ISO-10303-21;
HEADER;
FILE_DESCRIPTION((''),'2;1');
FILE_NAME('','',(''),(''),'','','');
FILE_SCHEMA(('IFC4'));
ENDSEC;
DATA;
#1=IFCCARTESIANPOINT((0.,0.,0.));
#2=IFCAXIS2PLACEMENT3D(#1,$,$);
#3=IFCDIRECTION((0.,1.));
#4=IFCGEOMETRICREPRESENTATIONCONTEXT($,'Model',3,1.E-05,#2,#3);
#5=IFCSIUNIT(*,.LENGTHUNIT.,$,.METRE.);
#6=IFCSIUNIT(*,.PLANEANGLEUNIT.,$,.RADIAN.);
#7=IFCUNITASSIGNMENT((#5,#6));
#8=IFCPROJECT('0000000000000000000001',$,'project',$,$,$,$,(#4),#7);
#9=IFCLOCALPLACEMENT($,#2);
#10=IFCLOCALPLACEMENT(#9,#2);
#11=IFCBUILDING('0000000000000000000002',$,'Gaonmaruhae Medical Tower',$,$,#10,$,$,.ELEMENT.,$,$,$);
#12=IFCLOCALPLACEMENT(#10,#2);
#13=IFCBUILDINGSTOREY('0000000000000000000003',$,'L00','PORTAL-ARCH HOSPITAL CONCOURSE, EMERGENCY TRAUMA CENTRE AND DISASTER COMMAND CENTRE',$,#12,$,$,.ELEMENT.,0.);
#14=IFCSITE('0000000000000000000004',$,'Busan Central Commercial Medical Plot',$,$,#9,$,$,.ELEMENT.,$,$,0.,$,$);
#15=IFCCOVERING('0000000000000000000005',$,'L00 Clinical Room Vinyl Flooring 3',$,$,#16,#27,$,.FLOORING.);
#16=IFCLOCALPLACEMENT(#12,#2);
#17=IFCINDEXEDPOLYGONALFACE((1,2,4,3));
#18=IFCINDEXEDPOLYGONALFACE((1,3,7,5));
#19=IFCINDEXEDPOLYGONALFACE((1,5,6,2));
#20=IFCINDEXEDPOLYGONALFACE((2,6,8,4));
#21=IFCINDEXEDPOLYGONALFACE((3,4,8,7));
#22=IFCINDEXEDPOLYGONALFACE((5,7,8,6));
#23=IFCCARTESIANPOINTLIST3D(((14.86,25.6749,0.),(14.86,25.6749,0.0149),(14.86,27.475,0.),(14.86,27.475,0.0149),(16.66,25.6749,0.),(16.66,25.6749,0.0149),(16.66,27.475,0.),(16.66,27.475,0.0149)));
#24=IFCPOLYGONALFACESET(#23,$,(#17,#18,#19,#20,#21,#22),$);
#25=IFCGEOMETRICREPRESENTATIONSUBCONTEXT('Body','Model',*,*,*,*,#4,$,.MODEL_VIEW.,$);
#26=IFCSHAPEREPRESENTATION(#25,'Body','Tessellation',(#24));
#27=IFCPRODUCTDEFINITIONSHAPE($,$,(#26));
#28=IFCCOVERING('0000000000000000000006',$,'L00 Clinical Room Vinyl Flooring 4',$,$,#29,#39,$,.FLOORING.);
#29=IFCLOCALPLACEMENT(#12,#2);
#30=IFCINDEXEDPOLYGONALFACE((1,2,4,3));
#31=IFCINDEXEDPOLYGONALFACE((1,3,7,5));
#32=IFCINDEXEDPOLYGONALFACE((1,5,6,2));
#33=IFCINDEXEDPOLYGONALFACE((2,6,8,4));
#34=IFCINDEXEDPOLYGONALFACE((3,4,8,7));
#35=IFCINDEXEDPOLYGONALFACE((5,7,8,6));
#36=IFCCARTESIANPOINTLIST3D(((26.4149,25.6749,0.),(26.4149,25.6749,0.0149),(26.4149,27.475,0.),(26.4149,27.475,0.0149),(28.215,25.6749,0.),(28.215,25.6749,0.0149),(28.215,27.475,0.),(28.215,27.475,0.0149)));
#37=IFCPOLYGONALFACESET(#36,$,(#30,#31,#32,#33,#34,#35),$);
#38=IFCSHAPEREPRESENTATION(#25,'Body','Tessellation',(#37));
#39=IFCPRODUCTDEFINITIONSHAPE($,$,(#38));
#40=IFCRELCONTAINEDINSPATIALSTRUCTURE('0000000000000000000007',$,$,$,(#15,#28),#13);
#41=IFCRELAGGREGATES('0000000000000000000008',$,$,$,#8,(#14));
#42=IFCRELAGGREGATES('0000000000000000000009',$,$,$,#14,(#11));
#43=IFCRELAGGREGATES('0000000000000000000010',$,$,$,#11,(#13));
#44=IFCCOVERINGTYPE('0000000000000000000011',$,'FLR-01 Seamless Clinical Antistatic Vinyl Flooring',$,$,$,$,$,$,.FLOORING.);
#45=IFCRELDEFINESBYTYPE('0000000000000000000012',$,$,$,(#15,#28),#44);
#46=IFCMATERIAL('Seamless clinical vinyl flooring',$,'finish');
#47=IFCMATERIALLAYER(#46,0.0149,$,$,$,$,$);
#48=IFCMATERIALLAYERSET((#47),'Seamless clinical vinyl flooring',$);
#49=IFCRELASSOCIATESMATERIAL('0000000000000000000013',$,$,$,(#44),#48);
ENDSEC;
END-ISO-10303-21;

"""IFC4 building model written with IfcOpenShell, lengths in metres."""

from ifc_helpers import new_model, si_unit, direction, frame, origin, origin_2d, place, context, subcontext, project, spatial, rectangle, extrude, material, layer, layer_set, type_object, element, save


model = new_model("IFC4")

# Units and contexts
model_context = context("Model", 3, precision=1e-05, world=origin(), true_north=direction((0.0, 1.0)))
body_context = subcontext(model_context, "Body", "Model", "MODEL_VIEW")
ifc_project = project(units=[si_unit("LENGTHUNIT", "METRE"), si_unit("PLANEANGLEUNIT", "RADIAN")], contexts=[model_context])

# Site, building, storey
site_placement = place(None, origin())
site = spatial("IfcSite", under=ifc_project, at=site_placement, Name="Busan Central Commercial Medical Plot", CompositionType="ELEMENT", RefElevation=0.0)
building_placement = place(site_placement, origin())
building = spatial("IfcBuilding", under=site, at=building_placement, Name="Gaonmaruhae Medical Tower", CompositionType="ELEMENT")
storey_placement = place(building_placement, origin())
storey = spatial("IfcBuildingStorey", under=building, at=storey_placement, Name="L00", Description="PORTAL-ARCH HOSPITAL CONCOURSE, EMERGENCY TRAUMA CENTRE AND DISASTER COMMAND CENTRE", CompositionType="ELEMENT", Elevation=0.0)

# Coverings
ifc_material_1 = material(Name="Seamless clinical vinyl flooring", Category="finish")
ifc_layer_1 = layer(ifc_material_1, 0.0149)
ifc_layer_set_1 = layer_set([ifc_layer_1], Name="Seamless clinical vinyl flooring")
covering_type_1 = type_object("IfcCoveringType", Name="FLR-01 Seamless Clinical Antistatic Vinyl Flooring", PredefinedType="FLOORING", material=ifc_layer_set_1)
for number, where, z_axis, x_axis, name in (
    (1, (15.76, 26.575, 0.0), (0.0, 0.0, 1.0), (1.0, 0.0, 0.0), "L00 Clinical Room Vinyl Flooring 3"),
    (2, (27.3149, 26.575, 0.0), (0.0, 0.0, 1.0), (1.0, 0.0, 0.0), "L00 Clinical Room Vinyl Flooring 4"),
):
    element("IfcCovering", number, at=place(storey_placement, frame(where, z_axis=z_axis, x_axis=x_axis)), inside=storey, type_object=covering_type_1, Name=name, PredefinedType="FLOORING", context=body_context, shape_type="SweptSolid", body=[
        extrude(rectangle(XDim=1.8, YDim=1.8, at=origin_2d()), origin(), (0.0, 0.0, 1.0), 0.0149),
    ])

save(model, "model.ifc")
